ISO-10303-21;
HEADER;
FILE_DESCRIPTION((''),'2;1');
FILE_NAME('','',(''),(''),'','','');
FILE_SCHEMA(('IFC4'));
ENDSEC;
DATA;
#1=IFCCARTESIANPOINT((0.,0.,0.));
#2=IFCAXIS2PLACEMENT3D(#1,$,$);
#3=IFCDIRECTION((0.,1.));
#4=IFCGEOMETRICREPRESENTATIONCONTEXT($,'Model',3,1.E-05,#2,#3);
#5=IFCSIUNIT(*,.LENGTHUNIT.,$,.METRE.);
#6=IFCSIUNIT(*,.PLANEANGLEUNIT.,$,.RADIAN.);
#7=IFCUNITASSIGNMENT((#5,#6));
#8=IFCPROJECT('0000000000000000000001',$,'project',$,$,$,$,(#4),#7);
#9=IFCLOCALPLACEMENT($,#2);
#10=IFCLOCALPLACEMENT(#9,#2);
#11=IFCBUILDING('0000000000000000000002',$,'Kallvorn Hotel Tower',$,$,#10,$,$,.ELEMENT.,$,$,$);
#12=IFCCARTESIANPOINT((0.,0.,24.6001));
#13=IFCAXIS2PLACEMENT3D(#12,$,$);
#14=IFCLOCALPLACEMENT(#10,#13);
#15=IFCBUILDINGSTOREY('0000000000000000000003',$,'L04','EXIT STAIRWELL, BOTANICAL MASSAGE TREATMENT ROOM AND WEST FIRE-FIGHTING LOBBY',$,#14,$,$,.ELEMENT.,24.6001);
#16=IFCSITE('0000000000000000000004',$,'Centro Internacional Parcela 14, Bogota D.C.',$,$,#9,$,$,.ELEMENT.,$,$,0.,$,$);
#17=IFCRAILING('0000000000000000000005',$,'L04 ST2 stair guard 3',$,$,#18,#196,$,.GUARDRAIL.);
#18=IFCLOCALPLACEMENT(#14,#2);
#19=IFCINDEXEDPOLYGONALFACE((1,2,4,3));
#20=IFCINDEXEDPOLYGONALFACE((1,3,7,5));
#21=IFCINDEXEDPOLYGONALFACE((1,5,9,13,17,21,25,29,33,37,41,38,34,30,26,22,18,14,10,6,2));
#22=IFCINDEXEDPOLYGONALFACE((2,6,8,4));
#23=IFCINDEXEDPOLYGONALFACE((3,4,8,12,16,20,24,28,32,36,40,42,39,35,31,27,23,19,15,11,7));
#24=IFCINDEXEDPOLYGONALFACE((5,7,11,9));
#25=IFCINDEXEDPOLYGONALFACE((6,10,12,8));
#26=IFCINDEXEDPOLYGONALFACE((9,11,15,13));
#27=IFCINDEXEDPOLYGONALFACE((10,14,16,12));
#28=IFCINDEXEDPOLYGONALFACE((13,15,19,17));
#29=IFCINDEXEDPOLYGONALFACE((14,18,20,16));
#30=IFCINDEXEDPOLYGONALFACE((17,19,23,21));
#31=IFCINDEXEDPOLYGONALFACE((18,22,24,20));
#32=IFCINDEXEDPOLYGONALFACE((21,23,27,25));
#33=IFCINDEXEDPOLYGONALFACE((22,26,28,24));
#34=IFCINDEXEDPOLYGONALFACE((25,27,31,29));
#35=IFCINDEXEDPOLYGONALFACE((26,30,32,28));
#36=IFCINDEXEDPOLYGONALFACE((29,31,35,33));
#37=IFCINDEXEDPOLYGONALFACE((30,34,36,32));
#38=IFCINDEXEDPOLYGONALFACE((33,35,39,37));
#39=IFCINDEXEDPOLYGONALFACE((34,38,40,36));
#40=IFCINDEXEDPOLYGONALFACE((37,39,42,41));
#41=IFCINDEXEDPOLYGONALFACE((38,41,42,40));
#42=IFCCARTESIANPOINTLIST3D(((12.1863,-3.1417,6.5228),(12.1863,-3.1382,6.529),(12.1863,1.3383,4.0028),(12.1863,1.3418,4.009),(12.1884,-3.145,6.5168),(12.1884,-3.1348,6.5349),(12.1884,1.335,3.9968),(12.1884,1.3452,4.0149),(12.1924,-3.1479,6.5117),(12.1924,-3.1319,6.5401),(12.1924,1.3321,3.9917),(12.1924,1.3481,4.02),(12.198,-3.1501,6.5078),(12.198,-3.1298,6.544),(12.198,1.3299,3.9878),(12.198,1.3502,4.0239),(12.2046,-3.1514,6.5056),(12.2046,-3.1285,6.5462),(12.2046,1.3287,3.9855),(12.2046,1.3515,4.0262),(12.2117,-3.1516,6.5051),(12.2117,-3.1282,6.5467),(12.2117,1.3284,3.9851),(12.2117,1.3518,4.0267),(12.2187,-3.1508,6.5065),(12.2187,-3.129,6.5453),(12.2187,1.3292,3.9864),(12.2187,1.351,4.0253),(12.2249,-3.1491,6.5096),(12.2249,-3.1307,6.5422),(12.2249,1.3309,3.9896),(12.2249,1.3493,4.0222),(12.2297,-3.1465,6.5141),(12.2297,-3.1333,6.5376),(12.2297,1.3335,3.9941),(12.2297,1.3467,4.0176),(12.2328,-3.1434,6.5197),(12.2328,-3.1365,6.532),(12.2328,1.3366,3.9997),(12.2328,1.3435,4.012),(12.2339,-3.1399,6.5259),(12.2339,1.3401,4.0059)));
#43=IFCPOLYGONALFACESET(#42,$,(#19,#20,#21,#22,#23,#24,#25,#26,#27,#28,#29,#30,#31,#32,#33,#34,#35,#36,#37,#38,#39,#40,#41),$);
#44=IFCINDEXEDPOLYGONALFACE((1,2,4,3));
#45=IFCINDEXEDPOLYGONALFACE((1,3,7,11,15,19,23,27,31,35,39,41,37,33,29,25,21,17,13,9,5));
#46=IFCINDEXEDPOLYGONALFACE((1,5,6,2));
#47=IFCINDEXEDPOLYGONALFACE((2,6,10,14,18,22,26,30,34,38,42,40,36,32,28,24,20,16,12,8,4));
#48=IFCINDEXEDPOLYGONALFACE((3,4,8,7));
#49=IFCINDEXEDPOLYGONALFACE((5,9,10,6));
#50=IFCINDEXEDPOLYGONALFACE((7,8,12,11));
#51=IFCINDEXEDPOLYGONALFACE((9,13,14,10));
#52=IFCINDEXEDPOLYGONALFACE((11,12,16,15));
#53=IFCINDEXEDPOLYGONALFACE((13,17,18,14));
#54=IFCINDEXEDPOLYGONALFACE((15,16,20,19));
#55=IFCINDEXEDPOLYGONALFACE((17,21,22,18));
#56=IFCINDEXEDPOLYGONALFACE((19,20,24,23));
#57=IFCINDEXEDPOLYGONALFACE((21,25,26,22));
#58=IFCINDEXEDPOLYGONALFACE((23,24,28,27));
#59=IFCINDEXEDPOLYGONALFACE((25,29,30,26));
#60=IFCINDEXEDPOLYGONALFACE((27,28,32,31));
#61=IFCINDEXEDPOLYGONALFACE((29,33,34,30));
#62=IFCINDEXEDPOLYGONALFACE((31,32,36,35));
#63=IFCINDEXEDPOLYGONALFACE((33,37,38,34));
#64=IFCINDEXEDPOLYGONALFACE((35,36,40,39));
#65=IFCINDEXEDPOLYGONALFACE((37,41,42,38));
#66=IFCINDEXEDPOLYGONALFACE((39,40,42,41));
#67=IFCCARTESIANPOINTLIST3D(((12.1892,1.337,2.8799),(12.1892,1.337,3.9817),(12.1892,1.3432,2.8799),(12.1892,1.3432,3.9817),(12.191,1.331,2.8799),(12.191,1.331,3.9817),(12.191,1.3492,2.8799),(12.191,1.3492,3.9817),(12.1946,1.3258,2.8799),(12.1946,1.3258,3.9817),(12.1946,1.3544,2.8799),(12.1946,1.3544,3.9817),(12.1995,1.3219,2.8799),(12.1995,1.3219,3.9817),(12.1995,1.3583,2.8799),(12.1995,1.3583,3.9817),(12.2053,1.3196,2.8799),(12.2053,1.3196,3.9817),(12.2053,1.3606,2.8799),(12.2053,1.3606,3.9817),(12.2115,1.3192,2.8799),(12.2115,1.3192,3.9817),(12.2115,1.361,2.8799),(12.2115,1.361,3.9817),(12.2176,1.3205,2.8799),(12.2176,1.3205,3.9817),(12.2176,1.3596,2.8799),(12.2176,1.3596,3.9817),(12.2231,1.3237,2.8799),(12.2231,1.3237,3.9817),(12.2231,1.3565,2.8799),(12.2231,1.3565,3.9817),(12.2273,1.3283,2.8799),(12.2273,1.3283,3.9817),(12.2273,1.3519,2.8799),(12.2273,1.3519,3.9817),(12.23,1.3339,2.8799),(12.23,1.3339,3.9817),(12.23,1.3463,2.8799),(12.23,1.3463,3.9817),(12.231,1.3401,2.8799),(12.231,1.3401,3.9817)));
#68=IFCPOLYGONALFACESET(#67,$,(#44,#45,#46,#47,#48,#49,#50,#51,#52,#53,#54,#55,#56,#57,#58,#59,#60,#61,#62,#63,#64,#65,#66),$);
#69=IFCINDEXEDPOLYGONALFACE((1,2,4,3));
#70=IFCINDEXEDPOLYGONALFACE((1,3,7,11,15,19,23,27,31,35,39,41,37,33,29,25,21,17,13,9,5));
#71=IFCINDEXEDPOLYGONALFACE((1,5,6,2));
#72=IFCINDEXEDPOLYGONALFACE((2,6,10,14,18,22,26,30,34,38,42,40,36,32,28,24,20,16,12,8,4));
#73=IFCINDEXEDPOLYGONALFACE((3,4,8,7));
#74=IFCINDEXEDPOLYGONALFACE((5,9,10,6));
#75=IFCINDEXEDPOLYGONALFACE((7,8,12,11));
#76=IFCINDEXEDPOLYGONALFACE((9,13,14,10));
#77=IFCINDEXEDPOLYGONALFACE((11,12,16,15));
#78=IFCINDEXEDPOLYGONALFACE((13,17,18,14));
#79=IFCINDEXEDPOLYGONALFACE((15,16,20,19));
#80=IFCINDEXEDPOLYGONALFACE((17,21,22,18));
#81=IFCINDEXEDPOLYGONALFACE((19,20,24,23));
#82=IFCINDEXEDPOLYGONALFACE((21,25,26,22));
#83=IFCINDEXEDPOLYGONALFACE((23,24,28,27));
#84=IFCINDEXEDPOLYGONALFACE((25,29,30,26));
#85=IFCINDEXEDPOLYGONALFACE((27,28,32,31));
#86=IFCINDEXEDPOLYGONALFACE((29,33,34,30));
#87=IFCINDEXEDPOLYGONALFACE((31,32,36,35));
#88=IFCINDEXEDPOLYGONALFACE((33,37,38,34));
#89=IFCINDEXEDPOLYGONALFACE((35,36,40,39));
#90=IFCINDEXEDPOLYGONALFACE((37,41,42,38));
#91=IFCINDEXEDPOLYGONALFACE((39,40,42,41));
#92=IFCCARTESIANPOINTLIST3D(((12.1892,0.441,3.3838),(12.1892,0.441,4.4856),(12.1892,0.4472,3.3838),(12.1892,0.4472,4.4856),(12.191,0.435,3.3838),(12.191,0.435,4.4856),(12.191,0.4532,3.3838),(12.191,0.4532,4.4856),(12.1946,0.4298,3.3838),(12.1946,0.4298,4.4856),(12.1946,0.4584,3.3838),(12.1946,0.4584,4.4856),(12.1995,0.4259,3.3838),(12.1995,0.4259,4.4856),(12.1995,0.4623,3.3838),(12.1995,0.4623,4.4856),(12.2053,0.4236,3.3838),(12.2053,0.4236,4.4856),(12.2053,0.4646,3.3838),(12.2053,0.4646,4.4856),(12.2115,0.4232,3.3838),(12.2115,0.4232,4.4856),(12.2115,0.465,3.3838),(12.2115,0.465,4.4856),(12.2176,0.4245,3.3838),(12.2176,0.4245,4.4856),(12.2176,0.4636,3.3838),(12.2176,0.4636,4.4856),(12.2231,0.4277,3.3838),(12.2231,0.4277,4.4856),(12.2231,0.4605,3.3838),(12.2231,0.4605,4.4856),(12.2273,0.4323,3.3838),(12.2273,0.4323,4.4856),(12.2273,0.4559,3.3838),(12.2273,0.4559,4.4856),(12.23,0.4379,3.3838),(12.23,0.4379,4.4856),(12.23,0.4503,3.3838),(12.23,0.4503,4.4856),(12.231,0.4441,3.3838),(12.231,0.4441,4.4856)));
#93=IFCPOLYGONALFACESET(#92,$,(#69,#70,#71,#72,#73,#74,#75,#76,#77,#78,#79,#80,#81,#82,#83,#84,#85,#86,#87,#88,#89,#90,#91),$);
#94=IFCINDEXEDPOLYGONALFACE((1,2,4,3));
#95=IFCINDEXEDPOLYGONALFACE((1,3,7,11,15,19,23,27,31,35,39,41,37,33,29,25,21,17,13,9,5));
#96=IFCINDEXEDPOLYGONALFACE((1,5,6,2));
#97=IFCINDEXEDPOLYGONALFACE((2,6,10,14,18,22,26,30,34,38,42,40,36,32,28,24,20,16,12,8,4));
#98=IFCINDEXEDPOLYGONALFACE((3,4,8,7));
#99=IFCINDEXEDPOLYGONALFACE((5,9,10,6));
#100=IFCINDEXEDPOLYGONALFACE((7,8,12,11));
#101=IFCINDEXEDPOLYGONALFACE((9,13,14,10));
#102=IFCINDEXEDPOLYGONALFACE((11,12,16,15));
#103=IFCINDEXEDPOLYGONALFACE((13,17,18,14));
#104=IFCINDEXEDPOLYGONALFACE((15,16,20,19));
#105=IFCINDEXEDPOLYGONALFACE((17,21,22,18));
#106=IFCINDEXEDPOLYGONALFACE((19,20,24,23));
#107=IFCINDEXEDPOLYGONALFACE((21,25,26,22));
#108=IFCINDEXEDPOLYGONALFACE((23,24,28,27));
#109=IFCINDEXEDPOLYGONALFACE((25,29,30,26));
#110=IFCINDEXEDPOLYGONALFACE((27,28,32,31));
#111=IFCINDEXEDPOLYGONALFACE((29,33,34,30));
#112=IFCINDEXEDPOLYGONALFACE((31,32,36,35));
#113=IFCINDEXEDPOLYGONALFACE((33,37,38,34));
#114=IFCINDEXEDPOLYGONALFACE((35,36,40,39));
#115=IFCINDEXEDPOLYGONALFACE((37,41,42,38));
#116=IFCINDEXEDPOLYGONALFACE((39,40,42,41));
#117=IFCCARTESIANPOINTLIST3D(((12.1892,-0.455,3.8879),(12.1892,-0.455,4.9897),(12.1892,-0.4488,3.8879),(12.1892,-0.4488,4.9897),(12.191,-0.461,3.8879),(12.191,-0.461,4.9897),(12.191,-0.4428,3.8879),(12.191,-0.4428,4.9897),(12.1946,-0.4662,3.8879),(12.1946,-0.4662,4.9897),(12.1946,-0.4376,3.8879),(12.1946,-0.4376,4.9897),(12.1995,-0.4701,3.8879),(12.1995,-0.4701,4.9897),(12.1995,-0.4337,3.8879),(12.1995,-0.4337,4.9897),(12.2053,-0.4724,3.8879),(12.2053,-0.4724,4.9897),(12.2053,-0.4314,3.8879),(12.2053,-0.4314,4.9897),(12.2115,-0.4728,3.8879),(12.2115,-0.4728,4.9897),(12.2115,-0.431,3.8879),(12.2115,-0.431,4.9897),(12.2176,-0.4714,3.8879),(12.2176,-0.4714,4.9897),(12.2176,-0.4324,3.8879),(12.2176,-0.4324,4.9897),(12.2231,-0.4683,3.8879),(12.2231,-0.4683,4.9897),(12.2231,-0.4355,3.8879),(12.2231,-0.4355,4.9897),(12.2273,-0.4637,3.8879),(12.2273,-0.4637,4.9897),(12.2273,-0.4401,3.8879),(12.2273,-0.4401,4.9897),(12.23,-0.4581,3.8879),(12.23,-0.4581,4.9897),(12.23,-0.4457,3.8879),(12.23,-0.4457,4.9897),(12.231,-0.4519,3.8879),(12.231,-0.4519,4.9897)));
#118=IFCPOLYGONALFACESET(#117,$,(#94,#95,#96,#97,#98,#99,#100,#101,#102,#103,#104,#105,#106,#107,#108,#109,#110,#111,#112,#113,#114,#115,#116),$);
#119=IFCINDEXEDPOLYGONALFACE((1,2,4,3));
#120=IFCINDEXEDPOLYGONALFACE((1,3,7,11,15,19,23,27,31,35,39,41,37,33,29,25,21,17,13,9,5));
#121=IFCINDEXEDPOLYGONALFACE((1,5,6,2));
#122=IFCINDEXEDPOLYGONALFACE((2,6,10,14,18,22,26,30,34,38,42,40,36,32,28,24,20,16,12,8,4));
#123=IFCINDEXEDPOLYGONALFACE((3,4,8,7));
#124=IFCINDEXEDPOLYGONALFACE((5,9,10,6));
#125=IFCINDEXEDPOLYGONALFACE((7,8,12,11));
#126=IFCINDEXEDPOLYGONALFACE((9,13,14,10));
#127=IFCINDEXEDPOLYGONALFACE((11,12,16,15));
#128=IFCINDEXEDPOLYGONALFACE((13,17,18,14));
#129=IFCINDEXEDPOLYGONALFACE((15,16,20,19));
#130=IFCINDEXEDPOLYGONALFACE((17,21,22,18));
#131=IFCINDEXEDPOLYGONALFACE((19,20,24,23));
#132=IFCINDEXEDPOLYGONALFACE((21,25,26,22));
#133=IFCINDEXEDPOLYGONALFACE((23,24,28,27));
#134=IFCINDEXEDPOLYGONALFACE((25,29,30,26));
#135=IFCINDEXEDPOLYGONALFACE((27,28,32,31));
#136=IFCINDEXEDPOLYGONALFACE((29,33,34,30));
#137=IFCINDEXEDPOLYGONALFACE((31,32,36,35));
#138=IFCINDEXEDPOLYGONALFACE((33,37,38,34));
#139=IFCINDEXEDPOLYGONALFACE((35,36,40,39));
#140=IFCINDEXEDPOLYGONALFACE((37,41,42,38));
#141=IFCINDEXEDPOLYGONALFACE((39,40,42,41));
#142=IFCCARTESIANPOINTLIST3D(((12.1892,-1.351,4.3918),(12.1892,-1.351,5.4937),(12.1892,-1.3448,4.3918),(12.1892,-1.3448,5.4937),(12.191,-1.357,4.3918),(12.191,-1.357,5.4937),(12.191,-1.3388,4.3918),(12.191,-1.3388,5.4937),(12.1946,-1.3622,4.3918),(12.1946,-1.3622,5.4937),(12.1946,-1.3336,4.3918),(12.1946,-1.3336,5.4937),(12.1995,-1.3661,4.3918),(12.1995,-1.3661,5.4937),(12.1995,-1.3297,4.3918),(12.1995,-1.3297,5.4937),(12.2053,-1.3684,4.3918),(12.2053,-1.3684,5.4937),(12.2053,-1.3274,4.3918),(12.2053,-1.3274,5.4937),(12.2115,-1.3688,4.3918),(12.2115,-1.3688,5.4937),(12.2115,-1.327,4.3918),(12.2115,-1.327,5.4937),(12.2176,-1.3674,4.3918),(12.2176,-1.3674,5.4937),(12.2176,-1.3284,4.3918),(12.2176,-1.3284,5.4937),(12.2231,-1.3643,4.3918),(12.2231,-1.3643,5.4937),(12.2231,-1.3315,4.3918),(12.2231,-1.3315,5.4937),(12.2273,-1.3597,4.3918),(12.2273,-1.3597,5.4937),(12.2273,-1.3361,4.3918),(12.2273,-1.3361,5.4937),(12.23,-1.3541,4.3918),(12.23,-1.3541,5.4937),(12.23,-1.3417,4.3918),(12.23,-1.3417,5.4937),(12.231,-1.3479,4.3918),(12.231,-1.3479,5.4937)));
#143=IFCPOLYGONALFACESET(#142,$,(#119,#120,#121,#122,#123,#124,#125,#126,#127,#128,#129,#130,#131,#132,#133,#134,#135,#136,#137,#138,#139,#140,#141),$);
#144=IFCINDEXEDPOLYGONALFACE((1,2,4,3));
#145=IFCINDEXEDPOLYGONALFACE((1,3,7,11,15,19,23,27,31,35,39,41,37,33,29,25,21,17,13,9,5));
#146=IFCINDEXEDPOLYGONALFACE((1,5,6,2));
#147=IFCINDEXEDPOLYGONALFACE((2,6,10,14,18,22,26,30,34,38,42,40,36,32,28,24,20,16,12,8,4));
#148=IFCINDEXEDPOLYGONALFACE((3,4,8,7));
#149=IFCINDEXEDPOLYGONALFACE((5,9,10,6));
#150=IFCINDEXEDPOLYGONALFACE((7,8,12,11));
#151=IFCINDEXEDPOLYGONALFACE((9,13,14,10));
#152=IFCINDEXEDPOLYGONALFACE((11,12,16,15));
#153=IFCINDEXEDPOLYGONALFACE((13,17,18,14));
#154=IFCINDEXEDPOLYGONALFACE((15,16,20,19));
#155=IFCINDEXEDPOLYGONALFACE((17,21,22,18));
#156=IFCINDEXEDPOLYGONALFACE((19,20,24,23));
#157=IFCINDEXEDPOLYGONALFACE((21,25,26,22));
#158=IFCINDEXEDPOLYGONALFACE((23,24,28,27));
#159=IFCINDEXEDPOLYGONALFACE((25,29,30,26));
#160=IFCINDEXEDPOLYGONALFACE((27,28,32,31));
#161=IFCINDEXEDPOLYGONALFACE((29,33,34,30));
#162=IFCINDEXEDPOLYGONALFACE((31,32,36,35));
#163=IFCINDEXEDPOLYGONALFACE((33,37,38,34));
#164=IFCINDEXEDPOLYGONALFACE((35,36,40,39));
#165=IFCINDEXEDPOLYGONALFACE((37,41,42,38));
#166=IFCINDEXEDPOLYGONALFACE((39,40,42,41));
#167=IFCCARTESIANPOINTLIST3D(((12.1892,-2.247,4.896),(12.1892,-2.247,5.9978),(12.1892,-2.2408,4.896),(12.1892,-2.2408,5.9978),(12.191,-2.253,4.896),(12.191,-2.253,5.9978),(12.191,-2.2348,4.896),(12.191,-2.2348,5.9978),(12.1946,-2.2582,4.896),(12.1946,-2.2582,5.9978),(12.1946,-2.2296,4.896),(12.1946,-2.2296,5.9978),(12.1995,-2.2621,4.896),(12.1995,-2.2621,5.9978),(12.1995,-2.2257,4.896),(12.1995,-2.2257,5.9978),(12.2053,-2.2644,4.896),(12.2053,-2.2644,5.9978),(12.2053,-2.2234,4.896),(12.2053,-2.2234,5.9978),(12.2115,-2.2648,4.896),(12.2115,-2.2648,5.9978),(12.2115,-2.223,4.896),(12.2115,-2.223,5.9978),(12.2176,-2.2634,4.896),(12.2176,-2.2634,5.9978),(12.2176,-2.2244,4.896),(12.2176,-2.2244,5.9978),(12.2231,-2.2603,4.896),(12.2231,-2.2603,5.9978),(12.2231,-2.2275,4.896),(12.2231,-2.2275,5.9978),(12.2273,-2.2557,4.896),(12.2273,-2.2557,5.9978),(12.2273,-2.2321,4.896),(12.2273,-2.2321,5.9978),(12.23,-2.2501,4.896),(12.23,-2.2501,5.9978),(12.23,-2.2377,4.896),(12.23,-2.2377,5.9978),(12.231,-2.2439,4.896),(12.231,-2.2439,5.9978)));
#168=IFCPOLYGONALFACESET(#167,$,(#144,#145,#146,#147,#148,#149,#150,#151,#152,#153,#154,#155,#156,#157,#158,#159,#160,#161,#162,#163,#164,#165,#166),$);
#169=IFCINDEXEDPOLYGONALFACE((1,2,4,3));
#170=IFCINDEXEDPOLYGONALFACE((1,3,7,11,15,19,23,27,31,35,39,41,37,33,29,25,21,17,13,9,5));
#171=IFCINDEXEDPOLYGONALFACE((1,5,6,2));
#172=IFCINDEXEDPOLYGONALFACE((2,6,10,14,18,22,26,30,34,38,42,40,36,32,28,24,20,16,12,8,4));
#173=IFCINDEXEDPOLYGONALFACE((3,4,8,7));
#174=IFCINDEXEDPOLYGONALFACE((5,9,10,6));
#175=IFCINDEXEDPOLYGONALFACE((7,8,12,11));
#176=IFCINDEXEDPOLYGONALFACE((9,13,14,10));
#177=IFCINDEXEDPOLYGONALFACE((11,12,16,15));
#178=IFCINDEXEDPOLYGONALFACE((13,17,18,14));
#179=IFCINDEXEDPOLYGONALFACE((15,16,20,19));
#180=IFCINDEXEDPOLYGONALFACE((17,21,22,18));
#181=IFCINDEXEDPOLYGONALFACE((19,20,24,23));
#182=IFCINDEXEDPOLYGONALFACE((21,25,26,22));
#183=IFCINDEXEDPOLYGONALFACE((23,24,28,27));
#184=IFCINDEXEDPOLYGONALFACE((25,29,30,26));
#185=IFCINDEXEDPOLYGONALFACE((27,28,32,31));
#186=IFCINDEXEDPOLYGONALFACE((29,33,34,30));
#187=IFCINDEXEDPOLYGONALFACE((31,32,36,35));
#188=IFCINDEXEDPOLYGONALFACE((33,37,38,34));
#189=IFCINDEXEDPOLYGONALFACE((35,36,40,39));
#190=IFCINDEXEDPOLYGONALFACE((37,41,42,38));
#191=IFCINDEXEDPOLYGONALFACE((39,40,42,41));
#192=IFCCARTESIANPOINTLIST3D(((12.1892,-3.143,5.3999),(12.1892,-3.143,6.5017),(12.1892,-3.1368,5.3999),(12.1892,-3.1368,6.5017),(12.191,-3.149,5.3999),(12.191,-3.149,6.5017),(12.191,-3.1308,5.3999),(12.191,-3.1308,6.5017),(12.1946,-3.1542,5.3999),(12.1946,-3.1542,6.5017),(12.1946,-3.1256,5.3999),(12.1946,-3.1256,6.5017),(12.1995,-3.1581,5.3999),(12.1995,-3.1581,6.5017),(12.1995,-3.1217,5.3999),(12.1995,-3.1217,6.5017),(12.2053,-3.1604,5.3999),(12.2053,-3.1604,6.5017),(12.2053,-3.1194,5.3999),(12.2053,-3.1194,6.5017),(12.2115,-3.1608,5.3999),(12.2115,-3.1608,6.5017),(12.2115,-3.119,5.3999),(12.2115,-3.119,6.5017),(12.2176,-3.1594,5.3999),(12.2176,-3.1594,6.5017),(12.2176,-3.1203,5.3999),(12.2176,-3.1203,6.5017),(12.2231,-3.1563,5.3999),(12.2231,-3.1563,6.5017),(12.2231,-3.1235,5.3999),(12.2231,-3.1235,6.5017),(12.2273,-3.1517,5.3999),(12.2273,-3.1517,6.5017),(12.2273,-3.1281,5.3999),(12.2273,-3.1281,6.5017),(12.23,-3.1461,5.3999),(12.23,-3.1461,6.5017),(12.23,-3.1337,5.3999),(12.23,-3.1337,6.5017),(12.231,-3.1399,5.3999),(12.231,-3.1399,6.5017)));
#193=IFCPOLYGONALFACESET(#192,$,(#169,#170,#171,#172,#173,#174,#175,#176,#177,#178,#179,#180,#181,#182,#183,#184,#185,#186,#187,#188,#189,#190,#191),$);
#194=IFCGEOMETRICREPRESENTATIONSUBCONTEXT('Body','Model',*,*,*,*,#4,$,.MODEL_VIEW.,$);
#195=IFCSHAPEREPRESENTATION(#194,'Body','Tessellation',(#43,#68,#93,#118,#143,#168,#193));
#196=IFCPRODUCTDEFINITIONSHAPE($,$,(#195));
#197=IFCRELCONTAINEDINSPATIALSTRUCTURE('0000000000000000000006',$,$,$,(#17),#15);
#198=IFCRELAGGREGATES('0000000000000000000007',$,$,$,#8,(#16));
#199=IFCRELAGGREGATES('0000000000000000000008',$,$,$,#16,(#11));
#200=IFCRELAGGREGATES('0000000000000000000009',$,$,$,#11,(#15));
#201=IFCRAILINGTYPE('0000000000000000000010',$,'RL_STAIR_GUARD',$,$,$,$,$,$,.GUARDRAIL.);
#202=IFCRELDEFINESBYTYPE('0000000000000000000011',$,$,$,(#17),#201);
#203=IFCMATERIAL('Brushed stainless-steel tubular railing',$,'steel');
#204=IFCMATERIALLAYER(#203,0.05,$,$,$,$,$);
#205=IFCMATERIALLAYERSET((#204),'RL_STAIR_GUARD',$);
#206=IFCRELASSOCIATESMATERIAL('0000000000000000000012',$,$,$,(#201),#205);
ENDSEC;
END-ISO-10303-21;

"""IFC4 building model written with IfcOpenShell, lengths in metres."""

from ifc_helpers import new_model, si_unit, direction, frame, origin, origin_2d, place, context, subcontext, project, spatial, circle, extrude, material, layer, layer_set, type_object, element, save


model = new_model("IFC4")

# Units and contexts
model_context = context("Model", 3, precision=1e-05, world=origin(), true_north=direction((0.0, 1.0)))
body_context = subcontext(model_context, "Body", "Model", "MODEL_VIEW")
ifc_project = project(units=[si_unit("LENGTHUNIT", "METRE"), si_unit("PLANEANGLEUNIT", "RADIAN")], contexts=[model_context])

# Site, building, storey
site_placement = place(None, origin())
site = spatial("IfcSite", under=ifc_project, at=site_placement, Name="Centro Internacional Parcela 14, Bogota D.C.", CompositionType="ELEMENT", RefElevation=0.0)
building_placement = place(site_placement, origin())
building = spatial("IfcBuilding", under=site, at=building_placement, Name="Kallvorn Hotel Tower", CompositionType="ELEMENT")
storey_placement = place(building_placement, frame((0.0, 0.0, 24.6001)))
storey = spatial("IfcBuildingStorey", under=building, at=storey_placement, Name="L04", Description="EXIT STAIRWELL, BOTANICAL MASSAGE TREATMENT ROOM AND WEST FIRE-FIGHTING LOBBY", CompositionType="ELEMENT", Elevation=24.6001)

# Railing
ifc_material_1 = material(Name="Brushed stainless-steel tubular railing", Category="steel")
ifc_layer_1 = layer(ifc_material_1, 0.05)
ifc_layer_set_1 = layer_set([ifc_layer_1], Name="RL_STAIR_GUARD")
railing_type_1 = type_object("IfcRailingType", Name="RL_STAIR_GUARD", PredefinedType="GUARDRAIL", material=ifc_layer_set_1)
railing_1_placement = place(storey_placement, frame((12.21, 1.3401, 2.8799)))
element("IfcRailing", 1, at=railing_1_placement, inside=storey, type_object=railing_type_1, Name="L04 ST2 stair guard 3", PredefinedType="GUARDRAIL", context=body_context, shape_type="SweptSolid", body=[
    extrude(circle(Radius=0.0239, at=origin_2d()), frame((0.0, 0.0, 1.126), z_axis=(0.0, -0.871573, 0.490266), x_axis=(1.0, 0.0, 0.0)), (0.0, 0.0, 1.0), 5.1401),
    extrude(circle(Radius=0.021, at=origin_2d()), origin(), (0.0, 0.0, 1.0), 1.1018),
    extrude(circle(Radius=0.021, at=origin_2d()), frame((0.0, -0.896, 0.5039)), (0.0, 0.0, 1.0), 1.1018),
    extrude(circle(Radius=0.021, at=origin_2d()), frame((0.0, -1.792, 1.0081)), (0.0, 0.0, 1.0), 1.1018),
    extrude(circle(Radius=0.021, at=origin_2d()), frame((0.0, -2.688, 1.512)), (0.0, 0.0, 1.0), 1.1018),
    extrude(circle(Radius=0.021, at=origin_2d()), frame((0.0, -3.584, 2.0161)), (0.0, 0.0, 1.0), 1.1018),
    extrude(circle(Radius=0.021, at=origin_2d()), frame((0.0, -4.48, 2.52)), (0.0, 0.0, 1.0), 1.1018),
])

save(model, "model.ifc")
